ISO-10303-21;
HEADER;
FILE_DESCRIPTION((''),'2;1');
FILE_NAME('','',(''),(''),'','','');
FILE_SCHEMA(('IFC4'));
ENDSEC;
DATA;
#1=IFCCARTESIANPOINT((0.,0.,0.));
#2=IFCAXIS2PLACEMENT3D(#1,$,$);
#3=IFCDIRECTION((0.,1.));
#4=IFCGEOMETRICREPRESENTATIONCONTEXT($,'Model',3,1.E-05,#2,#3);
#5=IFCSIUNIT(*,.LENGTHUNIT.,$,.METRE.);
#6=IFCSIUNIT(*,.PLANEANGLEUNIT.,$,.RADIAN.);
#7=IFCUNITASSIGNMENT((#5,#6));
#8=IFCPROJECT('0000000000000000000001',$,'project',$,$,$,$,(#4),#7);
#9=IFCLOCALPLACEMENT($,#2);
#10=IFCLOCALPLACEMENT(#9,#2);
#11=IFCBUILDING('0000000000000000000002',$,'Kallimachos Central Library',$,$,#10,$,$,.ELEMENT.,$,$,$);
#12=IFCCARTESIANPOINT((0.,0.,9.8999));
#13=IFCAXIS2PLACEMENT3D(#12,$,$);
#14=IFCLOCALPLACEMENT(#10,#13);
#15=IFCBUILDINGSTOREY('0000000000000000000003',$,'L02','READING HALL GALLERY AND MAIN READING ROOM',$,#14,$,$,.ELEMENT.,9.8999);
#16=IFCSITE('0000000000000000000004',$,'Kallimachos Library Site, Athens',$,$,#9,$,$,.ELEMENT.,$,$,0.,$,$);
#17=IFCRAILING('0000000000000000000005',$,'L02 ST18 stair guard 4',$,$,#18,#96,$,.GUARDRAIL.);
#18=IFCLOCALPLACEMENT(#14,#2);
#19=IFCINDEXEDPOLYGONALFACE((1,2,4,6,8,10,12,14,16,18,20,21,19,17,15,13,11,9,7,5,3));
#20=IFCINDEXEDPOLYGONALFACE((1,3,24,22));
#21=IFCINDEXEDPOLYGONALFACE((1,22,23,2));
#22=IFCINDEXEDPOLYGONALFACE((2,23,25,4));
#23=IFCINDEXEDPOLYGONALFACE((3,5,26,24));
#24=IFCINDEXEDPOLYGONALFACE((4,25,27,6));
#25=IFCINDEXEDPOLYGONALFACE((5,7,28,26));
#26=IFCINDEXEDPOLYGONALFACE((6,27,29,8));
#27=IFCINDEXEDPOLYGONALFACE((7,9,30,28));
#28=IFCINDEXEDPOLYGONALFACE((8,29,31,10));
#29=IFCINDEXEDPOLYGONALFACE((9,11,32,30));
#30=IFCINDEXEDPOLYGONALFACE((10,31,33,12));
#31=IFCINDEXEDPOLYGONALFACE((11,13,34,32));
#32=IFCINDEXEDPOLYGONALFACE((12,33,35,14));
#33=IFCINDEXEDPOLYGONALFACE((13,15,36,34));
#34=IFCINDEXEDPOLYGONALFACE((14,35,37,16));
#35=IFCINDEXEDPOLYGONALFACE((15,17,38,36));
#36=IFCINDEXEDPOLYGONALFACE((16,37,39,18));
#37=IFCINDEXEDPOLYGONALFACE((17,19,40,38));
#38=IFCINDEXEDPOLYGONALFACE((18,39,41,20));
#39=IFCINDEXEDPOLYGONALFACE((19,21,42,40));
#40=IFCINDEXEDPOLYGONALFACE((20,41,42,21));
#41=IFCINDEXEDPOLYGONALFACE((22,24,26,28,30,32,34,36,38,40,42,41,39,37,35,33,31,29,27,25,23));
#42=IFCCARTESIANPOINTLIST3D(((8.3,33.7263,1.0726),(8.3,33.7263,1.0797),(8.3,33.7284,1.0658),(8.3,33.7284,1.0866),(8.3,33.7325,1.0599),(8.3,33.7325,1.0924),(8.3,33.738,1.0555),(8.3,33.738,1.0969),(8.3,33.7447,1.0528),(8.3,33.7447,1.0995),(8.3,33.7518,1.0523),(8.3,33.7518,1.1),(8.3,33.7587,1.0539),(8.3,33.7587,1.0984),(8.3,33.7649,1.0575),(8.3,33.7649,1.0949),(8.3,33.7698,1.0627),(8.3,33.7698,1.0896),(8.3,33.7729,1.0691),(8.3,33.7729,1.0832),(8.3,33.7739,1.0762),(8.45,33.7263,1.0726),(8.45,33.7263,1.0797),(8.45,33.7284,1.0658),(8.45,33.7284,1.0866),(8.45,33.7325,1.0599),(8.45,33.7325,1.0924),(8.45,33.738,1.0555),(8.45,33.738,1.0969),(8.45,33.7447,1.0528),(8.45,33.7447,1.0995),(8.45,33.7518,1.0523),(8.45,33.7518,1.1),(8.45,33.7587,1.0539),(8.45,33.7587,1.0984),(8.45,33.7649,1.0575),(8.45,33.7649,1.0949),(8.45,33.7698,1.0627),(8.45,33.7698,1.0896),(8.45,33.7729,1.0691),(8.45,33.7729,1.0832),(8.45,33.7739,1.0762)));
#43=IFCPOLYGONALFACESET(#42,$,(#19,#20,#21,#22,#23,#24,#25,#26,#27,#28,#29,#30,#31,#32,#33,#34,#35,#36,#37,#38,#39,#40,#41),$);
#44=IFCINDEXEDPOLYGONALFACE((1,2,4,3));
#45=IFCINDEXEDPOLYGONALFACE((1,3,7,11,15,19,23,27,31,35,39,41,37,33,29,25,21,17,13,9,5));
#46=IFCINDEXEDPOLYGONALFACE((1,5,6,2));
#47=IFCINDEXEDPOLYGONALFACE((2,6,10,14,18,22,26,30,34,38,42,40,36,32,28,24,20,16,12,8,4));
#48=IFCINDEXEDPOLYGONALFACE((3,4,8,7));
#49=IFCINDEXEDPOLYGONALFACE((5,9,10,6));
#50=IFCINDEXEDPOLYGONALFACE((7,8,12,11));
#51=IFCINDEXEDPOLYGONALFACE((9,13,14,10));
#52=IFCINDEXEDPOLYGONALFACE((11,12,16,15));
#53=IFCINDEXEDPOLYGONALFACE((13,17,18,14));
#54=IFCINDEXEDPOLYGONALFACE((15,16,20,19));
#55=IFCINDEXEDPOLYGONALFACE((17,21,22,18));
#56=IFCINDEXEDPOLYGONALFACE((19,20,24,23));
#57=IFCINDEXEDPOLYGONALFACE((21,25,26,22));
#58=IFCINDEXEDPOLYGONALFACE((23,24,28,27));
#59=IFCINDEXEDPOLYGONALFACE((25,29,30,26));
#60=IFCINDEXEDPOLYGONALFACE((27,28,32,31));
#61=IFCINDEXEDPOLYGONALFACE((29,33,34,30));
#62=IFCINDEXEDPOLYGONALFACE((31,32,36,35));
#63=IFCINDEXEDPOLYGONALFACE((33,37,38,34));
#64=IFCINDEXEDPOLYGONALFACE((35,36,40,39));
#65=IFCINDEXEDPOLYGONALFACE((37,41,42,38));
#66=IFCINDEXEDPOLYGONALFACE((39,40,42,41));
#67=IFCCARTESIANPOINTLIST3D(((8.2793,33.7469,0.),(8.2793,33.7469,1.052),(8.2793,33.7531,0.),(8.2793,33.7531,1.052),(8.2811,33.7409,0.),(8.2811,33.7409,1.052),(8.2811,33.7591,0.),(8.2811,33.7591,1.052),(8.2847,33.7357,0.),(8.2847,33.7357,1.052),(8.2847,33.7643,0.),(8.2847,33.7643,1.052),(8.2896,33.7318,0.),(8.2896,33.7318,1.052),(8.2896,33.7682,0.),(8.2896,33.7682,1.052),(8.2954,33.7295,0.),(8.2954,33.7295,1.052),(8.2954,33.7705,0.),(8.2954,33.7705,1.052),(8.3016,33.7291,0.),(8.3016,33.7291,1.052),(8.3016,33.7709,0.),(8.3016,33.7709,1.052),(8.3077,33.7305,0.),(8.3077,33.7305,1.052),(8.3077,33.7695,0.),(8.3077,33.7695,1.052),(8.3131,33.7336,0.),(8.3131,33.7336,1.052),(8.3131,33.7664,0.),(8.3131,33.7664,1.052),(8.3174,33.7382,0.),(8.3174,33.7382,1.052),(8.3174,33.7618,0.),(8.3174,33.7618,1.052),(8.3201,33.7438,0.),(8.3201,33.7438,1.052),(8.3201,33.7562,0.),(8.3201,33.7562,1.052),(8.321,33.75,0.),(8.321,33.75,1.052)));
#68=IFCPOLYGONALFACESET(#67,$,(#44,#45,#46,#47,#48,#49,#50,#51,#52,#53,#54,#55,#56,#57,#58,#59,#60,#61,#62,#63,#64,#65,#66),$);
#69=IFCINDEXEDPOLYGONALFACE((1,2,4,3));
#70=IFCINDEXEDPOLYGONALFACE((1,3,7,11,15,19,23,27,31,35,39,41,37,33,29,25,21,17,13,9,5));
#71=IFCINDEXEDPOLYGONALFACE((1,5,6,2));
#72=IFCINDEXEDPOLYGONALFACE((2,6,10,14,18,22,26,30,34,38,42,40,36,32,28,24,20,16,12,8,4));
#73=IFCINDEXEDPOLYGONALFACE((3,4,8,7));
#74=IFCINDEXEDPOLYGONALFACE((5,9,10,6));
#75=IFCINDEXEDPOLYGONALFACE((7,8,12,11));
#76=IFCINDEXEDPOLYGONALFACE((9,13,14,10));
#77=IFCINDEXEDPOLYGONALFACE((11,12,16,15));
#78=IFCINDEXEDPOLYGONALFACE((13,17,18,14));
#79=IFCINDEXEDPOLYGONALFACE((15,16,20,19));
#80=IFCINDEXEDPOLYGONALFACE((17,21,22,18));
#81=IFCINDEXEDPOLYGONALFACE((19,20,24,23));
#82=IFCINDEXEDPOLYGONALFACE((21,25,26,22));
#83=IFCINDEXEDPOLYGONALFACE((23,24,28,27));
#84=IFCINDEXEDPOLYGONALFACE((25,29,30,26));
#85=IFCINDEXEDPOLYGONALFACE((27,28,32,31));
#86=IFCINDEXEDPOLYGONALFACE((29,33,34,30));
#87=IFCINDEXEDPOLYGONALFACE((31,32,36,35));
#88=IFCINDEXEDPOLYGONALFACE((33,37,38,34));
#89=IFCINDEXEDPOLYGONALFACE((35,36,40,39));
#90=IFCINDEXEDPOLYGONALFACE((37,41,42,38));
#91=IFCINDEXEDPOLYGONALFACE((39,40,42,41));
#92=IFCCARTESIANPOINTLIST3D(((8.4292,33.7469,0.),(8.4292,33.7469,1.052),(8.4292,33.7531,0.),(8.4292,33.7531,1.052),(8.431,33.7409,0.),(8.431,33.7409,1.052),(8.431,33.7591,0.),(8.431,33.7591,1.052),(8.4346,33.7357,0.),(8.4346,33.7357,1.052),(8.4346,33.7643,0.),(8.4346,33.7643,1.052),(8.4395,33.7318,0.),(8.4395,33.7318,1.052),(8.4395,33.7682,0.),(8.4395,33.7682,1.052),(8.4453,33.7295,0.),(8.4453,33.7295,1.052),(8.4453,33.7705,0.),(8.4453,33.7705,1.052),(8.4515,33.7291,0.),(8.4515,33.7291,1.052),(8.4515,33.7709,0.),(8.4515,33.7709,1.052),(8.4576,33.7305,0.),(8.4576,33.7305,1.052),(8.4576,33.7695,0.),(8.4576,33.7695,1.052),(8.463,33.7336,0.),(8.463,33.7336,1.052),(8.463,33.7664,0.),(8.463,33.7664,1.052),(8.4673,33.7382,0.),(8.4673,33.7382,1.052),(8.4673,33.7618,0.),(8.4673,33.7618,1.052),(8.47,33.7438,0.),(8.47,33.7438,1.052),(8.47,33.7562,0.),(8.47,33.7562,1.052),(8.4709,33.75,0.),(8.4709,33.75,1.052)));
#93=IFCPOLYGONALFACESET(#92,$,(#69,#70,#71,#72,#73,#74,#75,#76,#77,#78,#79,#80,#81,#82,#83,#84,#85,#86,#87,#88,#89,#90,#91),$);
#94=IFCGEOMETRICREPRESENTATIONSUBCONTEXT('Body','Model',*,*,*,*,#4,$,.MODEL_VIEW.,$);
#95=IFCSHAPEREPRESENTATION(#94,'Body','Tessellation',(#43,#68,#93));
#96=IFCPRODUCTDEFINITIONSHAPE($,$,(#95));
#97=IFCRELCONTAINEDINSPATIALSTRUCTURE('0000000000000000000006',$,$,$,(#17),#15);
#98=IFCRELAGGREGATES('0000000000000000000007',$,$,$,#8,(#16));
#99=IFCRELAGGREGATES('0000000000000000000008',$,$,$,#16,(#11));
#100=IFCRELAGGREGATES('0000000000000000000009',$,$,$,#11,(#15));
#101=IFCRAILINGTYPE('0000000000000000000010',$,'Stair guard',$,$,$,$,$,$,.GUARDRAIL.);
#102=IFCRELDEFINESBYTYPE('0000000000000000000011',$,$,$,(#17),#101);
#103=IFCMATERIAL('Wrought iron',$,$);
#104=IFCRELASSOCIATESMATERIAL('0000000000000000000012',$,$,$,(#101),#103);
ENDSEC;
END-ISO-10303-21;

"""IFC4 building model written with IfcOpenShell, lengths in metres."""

from ifc_helpers import new_model, si_unit, direction, frame, origin, origin_2d, place, context, subcontext, project, spatial, circle, extrude, material, type_object, element, save


model = new_model("IFC4")

# Units and contexts
model_context = context("Model", 3, precision=1e-05, world=origin(), true_north=direction((0.0, 1.0)))
body_context = subcontext(model_context, "Body", "Model", "MODEL_VIEW")
ifc_project = project(units=[si_unit("LENGTHUNIT", "METRE"), si_unit("PLANEANGLEUNIT", "RADIAN")], contexts=[model_context])

# Site, building, storey
site_placement = place(None, origin())
site = spatial("IfcSite", under=ifc_project, at=site_placement, Name="Kallimachos Library Site, Athens", CompositionType="ELEMENT", RefElevation=0.0)
building_placement = place(site_placement, origin())
building = spatial("IfcBuilding", under=site, at=building_placement, Name="Kallimachos Central Library", CompositionType="ELEMENT")
storey_placement = place(building_placement, frame((0.0, 0.0, 9.8999)))
storey = spatial("IfcBuildingStorey", under=building, at=storey_placement, Name="L02", Description="READING HALL GALLERY AND MAIN READING ROOM", CompositionType="ELEMENT", Elevation=9.8999)

# Railing
ifc_material_1 = material(Name="Wrought iron")
railing_type_1 = type_object("IfcRailingType", Name="Stair guard", PredefinedType="GUARDRAIL", material=ifc_material_1)
railing_1_placement = place(storey_placement, frame((8.3, 33.75, 0.0)))
element("IfcRailing", 1, at=railing_1_placement, inside=storey, type_object=railing_type_1, Name="L02 ST18 stair guard 4", PredefinedType="GUARDRAIL", context=body_context, shape_type="SweptSolid", body=[
    extrude(circle(Radius=0.0239, at=origin_2d()), frame((0.0, 0.0, 1.0762), z_axis=(1.0, 0.0, 0.0), x_axis=(0.0, 1.0, 0.0)), (0.0, 0.0, 1.0), 0.1499),
    extrude(circle(Radius=0.021, at=origin_2d()), origin(), (0.0, 0.0, 1.0), 1.052),
    extrude(circle(Radius=0.021, at=origin_2d()), frame((0.1499, 0.0, 0.0)), (0.0, 0.0, 1.0), 1.052),
])

save(model, "model.ifc")
